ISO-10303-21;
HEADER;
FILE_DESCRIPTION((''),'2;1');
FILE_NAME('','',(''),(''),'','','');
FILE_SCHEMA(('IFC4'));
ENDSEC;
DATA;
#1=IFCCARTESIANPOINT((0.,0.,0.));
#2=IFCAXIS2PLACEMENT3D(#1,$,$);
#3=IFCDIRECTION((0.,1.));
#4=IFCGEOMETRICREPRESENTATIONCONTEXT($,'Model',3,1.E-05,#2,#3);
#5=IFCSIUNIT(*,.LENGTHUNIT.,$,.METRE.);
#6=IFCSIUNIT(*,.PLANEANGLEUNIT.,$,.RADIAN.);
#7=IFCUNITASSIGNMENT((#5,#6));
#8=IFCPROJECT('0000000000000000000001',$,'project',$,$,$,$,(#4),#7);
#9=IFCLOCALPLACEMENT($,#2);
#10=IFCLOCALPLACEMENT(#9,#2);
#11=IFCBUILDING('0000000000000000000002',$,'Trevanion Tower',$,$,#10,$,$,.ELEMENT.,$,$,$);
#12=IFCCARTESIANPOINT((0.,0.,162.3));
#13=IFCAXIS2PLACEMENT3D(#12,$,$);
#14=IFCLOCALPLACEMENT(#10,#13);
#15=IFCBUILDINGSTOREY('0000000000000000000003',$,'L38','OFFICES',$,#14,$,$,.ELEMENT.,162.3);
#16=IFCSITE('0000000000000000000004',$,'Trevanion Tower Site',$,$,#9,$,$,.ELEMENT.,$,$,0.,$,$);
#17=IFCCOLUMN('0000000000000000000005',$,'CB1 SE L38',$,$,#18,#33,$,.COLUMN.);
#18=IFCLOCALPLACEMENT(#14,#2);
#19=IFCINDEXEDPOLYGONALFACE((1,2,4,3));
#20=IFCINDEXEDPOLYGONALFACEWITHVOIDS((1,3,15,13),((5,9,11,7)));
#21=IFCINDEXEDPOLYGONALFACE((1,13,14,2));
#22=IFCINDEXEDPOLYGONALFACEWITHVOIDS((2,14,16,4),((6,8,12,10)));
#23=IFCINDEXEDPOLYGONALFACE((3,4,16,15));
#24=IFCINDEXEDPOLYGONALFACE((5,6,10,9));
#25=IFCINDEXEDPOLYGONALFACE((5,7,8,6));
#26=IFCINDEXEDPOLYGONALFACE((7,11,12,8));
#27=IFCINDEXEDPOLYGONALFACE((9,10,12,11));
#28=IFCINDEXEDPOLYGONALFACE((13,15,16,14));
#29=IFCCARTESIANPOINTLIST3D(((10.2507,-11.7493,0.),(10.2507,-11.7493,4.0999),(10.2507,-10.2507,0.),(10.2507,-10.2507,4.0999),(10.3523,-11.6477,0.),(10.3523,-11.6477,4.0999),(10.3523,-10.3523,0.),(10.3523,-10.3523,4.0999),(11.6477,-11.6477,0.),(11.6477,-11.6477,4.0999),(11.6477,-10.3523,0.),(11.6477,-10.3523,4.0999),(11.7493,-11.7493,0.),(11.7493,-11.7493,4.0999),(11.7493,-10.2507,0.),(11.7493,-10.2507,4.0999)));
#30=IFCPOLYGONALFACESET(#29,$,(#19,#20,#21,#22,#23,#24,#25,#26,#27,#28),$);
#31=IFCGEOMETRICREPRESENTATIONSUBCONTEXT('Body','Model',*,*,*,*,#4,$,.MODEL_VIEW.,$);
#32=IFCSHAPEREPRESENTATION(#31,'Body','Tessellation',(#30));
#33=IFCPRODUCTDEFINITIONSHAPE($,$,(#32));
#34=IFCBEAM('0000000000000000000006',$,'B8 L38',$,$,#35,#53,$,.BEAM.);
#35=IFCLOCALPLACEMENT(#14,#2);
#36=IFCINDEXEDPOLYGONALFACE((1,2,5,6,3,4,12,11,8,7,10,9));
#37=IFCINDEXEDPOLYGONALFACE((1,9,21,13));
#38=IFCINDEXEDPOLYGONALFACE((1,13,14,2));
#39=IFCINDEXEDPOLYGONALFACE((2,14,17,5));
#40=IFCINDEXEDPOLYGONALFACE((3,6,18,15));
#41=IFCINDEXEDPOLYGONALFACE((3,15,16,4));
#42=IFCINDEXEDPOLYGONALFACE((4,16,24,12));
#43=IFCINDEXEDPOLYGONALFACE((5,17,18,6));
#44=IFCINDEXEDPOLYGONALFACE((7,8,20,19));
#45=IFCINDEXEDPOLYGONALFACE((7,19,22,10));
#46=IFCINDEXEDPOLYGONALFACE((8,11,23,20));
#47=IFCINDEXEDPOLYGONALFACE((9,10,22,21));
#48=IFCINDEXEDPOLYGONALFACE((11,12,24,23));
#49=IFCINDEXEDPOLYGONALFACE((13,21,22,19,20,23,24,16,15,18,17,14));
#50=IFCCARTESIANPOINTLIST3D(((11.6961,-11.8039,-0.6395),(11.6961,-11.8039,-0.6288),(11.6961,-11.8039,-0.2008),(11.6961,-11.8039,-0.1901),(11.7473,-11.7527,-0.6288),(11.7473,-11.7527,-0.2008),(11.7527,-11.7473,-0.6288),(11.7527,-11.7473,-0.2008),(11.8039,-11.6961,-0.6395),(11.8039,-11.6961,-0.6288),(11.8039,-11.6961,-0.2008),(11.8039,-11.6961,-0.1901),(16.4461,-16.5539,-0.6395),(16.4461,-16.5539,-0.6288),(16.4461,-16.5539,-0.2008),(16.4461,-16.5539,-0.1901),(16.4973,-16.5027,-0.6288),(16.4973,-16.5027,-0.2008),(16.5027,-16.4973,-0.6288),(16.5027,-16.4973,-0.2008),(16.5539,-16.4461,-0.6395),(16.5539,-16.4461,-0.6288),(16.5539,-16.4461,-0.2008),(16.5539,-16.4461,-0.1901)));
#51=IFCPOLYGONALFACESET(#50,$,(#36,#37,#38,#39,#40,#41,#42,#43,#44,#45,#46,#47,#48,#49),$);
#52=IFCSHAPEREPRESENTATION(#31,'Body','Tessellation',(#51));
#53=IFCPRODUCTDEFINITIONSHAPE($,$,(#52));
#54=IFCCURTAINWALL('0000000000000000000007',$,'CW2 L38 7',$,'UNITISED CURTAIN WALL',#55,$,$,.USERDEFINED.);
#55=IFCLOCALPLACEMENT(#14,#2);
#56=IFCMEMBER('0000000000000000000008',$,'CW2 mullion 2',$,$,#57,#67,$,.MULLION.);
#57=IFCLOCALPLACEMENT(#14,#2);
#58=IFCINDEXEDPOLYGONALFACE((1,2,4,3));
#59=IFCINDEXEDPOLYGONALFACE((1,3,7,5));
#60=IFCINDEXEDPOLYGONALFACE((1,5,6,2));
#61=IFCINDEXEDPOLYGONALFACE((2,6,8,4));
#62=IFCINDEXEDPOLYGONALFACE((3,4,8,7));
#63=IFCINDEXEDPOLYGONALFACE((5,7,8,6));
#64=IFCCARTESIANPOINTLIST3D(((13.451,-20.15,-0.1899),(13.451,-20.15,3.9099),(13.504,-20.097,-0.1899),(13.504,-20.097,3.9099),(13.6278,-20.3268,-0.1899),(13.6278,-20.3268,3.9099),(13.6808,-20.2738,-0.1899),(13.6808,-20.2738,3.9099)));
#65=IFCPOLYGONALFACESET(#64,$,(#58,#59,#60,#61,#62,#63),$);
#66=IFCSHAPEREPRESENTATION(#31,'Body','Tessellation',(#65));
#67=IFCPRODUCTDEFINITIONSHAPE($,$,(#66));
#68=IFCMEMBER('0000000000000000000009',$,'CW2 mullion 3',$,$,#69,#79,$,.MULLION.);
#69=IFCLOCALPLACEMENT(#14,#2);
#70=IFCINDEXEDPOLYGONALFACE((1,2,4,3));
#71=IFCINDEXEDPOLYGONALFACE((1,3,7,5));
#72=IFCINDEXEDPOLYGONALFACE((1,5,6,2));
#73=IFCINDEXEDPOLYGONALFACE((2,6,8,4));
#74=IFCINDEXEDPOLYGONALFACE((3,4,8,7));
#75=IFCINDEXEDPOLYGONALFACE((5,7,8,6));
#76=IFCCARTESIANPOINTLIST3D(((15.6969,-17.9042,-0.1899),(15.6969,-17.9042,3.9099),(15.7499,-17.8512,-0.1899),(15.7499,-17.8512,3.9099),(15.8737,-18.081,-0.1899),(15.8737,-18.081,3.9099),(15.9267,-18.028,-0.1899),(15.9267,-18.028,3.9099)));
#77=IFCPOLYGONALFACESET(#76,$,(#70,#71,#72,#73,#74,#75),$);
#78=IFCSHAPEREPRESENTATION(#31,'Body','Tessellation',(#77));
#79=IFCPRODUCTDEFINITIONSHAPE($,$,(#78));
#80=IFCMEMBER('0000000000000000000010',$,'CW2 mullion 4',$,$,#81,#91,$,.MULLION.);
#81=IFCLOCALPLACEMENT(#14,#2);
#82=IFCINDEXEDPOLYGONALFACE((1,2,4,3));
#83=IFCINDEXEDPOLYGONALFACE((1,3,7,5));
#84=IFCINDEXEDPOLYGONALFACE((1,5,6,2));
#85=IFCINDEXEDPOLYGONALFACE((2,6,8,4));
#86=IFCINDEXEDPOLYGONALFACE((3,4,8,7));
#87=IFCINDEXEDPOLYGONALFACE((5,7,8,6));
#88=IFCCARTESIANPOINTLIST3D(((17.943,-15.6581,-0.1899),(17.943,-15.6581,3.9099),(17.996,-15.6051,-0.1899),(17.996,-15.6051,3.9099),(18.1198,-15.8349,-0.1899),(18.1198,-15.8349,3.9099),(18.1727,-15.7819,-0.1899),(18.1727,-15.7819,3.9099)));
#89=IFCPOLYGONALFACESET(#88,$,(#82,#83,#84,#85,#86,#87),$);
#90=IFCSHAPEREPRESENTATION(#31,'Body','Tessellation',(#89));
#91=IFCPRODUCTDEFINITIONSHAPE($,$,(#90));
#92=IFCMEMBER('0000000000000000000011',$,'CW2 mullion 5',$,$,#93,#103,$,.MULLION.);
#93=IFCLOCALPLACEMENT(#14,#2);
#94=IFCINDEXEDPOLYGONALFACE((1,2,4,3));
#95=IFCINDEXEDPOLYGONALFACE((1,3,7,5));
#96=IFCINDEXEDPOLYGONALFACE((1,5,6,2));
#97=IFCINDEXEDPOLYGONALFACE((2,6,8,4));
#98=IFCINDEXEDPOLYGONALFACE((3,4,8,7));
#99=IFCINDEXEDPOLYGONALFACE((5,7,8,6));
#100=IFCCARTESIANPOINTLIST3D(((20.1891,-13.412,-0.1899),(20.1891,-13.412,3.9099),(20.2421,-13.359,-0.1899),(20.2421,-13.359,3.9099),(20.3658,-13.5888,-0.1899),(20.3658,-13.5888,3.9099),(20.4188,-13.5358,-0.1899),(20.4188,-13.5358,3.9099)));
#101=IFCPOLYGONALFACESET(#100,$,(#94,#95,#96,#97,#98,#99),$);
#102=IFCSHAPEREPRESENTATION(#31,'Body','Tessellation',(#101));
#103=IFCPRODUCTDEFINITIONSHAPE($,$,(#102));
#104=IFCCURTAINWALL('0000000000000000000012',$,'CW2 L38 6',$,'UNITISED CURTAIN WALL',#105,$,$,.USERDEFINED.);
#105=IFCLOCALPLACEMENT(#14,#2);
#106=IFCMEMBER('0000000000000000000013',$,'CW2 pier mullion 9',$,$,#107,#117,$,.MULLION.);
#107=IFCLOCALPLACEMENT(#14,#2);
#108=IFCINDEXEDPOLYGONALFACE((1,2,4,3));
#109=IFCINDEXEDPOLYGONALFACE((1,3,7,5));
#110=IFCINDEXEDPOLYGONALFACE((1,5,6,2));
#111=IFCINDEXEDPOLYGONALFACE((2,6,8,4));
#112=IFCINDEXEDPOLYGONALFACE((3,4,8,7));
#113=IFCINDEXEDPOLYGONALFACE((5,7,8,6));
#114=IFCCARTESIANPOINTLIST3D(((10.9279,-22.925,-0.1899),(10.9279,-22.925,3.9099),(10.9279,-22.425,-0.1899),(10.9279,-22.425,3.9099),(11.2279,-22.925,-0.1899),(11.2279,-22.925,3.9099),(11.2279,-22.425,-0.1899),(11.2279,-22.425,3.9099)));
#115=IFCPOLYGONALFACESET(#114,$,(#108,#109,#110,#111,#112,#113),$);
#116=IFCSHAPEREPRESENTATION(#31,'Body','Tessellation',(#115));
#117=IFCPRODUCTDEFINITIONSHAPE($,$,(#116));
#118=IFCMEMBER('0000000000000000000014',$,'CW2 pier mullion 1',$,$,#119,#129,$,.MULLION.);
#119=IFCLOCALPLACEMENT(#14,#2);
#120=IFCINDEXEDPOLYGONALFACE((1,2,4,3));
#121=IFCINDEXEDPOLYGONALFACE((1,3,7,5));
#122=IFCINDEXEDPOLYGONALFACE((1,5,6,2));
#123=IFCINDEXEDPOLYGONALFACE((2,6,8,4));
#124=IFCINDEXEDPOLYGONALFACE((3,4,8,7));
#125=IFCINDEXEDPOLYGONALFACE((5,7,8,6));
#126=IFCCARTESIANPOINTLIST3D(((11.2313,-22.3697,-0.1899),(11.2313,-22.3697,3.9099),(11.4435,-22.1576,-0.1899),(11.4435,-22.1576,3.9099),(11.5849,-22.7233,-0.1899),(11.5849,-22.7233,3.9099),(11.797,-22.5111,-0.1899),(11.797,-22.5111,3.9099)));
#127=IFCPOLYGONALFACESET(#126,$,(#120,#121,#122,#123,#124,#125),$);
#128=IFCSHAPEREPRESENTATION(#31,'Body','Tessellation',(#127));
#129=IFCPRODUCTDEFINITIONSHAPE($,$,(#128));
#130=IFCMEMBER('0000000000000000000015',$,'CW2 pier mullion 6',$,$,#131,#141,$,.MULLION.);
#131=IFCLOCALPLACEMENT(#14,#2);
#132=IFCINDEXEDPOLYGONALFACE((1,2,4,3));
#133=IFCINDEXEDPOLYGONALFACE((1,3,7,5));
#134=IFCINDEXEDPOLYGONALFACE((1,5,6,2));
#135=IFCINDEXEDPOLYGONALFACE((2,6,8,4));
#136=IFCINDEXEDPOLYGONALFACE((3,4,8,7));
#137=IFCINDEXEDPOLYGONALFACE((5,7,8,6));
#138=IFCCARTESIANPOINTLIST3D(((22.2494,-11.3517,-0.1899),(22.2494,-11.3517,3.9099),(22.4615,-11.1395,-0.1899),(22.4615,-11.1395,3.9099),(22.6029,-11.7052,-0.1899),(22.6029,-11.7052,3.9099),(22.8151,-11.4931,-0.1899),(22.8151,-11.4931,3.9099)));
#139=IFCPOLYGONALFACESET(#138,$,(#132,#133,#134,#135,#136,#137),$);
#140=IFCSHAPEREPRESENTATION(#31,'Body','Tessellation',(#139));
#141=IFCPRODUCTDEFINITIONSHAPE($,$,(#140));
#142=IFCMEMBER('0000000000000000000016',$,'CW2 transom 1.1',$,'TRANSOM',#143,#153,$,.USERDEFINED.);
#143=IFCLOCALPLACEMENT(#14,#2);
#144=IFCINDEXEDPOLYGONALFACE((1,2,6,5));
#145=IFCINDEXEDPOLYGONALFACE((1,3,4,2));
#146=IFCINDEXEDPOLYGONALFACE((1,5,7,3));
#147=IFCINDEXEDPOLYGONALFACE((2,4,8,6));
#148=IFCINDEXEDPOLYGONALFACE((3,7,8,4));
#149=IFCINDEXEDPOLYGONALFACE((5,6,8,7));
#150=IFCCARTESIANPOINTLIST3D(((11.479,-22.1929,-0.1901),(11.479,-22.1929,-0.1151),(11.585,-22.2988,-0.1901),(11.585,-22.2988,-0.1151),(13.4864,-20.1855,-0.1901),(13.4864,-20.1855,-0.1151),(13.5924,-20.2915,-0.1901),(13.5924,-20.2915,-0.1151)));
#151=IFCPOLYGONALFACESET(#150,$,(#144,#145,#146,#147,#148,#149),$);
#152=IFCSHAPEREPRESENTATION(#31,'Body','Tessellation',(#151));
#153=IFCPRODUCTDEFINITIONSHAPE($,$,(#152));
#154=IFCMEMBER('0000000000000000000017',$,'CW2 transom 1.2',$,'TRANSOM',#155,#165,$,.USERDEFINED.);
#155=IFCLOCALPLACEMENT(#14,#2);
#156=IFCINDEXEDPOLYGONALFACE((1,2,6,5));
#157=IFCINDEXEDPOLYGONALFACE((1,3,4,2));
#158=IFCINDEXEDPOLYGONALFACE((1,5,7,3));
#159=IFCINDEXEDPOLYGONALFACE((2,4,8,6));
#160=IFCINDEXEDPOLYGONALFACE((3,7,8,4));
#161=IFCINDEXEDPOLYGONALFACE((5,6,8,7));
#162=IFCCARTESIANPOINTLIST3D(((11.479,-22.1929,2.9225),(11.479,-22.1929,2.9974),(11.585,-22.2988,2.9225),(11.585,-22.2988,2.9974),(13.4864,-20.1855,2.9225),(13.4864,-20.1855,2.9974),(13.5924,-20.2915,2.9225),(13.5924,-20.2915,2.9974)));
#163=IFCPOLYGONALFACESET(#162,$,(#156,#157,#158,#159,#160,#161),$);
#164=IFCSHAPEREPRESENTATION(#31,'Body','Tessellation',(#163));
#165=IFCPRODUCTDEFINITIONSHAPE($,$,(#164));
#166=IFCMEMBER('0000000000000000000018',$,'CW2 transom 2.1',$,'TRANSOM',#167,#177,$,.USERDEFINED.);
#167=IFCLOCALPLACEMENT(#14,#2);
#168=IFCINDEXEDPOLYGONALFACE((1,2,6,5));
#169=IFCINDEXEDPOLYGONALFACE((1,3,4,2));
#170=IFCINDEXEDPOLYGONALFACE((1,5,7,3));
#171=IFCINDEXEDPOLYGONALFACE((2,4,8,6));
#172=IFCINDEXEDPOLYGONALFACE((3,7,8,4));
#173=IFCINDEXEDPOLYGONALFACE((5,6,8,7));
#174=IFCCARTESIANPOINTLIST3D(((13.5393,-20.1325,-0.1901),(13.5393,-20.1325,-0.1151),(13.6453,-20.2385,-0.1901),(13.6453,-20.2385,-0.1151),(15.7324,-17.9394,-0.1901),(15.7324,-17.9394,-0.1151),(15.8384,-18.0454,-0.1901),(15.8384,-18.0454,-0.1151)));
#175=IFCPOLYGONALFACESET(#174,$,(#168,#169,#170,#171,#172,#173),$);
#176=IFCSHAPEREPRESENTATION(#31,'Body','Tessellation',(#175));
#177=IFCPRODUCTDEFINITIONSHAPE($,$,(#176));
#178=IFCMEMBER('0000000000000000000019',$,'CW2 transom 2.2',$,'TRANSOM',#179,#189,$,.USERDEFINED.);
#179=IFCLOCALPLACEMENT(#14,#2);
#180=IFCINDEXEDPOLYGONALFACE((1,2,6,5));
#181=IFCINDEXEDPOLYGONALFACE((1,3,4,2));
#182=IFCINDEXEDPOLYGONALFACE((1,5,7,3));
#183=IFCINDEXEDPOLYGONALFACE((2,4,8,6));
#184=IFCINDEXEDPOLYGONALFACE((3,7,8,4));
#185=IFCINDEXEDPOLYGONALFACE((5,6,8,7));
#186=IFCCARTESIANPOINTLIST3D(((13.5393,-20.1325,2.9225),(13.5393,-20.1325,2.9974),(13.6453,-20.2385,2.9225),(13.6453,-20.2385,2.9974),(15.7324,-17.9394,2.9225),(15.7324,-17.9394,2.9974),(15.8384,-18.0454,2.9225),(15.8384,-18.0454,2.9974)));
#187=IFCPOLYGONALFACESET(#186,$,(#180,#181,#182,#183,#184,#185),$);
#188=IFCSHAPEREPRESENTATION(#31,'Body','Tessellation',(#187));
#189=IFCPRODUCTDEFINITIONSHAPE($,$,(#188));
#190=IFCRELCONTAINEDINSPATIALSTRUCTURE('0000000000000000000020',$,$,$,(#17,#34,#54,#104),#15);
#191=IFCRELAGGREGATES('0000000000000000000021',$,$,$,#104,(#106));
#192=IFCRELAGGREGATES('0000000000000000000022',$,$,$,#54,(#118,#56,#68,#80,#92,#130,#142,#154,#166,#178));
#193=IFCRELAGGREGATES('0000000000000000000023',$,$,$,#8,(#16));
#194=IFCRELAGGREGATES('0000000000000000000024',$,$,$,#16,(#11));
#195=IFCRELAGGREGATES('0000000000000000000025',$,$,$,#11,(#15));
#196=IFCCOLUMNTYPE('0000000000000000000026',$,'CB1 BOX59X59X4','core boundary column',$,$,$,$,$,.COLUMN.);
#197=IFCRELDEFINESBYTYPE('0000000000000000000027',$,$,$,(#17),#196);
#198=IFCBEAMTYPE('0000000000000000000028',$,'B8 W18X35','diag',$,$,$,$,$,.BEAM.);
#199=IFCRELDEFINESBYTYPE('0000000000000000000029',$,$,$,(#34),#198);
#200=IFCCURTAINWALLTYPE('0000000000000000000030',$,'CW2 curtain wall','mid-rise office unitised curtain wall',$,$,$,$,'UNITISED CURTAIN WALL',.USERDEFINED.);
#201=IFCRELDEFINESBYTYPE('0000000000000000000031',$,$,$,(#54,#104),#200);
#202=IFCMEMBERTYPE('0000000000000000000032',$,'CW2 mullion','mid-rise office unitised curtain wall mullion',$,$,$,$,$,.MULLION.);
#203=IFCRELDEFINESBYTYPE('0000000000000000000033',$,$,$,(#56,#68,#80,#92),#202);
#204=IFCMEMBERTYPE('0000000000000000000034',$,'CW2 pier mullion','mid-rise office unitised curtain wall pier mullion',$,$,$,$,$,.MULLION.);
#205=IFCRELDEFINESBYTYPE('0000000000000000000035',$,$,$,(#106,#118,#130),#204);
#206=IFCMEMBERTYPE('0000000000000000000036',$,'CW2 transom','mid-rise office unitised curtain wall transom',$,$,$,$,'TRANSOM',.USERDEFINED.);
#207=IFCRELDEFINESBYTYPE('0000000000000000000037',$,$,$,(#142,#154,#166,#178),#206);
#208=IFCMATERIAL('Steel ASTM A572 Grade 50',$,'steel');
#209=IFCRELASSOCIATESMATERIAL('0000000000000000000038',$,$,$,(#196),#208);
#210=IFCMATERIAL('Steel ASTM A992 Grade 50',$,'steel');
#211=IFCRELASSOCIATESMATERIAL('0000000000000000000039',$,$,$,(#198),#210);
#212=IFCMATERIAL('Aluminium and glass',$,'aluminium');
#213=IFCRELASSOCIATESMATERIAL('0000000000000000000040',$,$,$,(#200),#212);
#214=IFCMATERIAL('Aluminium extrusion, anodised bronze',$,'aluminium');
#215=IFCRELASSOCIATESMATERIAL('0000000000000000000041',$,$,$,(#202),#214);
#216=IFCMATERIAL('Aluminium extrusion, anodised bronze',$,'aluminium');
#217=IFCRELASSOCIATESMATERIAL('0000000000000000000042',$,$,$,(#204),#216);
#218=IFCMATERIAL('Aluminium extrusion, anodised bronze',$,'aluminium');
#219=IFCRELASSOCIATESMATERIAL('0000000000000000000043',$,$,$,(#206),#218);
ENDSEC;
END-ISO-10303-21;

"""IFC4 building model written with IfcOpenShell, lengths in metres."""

from ifc_helpers import new_model, si_unit, direction, frame, origin, origin_2d, place, context, subcontext, project, spatial, rectangle, hollow_rectangle, i_section, extrude, material, material_profile, profile_set, type_object, element, aggregate, save


model = new_model("IFC4")

# Units and contexts
model_context = context("Model", 3, precision=1e-05, world=origin(), true_north=direction((0.0, 1.0)))
body_context = subcontext(model_context, "Body", "Model", "MODEL_VIEW")
ifc_project = project(units=[si_unit("LENGTHUNIT", "METRE"), si_unit("PLANEANGLEUNIT", "RADIAN")], contexts=[model_context])

# Site, building, storey
site_placement = place(None, origin())
site = spatial("IfcSite", under=ifc_project, at=site_placement, Name="Trevanion Tower Site", CompositionType="ELEMENT", RefElevation=0.0)
building_placement = place(site_placement, origin())
building = spatial("IfcBuilding", under=site, at=building_placement, Name="Trevanion Tower", CompositionType="ELEMENT")
storey_placement = place(building_placement, frame((0.0, 0.0, 162.3)))
storey = spatial("IfcBuildingStorey", under=building, at=storey_placement, Name="L38", Description="OFFICES", CompositionType="ELEMENT", Elevation=162.3)

# Column
ifc_material_1 = material(Name="Steel ASTM A572 Grade 50", Category="steel")
ifc_material_profile_1 = material_profile(ifc_material_1, hollow_rectangle(XDim=1.4985, YDim=1.4985, WallThickness=0.1016, at=origin_2d()), Name="BOX59X59X4")
ifc_profile_set_1 = profile_set([ifc_material_profile_1], Name="Steel ASTM A572 Grade 50")
column_type = type_object("IfcColumnType", Name="CB1 BOX59X59X4", Description="core boundary column", PredefinedType="COLUMN", material=ifc_profile_set_1)
column_placement = place(storey_placement, frame((11.0, -11.0, 0.0), z_axis=(0.0, 0.0, 1.0), x_axis=(1.0, 0.0, 0.0)))
element("IfcColumn", 1, at=column_placement, inside=storey, type_object=column_type, Name="CB1 SE L38", PredefinedType="COLUMN", context=body_context, shape_type="SweptSolid", body=[
    extrude(hollow_rectangle(XDim=1.4985, YDim=1.4985, WallThickness=0.1016, at=origin_2d()), origin(), (0.0, 0.0, 1.0), 4.0999),
])

# Beam
ifc_material_2 = material(Name="Steel ASTM A992 Grade 50", Category="steel")
ifc_material_profile_2 = material_profile(ifc_material_2, i_section(OverallWidth=0.1523, OverallDepth=0.4495, WebThickness=0.0076, FlangeThickness=0.0107, at=origin_2d()), Name="W18X35")
ifc_profile_set_2 = profile_set([ifc_material_profile_2], Name="Steel ASTM A992 Grade 50")
beam_type = type_object("IfcBeamType", Name="B8 W18X35", Description="diag", PredefinedType="BEAM", material=ifc_profile_set_2)
beam_placement = place(storey_placement, frame((11.75, -11.75, -0.4148), z_axis=(0.707107, -0.707107, 0.0), x_axis=(0.707107, 0.707107, 0.0)))
element("IfcBeam", 2, at=beam_placement, inside=storey, type_object=beam_type, Name="B8 L38", PredefinedType="BEAM", context=body_context, shape_type="SweptSolid", body=[
    extrude(i_section(OverallWidth=0.1523, OverallDepth=0.4495, WebThickness=0.0076, FlangeThickness=0.0107, at=origin_2d()), origin(), (0.0, 0.0, 1.0), 6.7175),
])

# Curtain wall, members
ifc_material_3 = material(Name="Aluminium and glass", Category="aluminium")
curtain_wall_type = type_object("IfcCurtainWallType", Name="CW2 curtain wall", Description="mid-rise office unitised curtain wall", ElementType="UNITISED CURTAIN WALL", PredefinedType="USERDEFINED", material=ifc_material_3)
curtain_wall_1_placement = place(storey_placement, origin())
curtain_wall_1 = element("IfcCurtainWall", 3, at=curtain_wall_1_placement, inside=storey, type_object=curtain_wall_type, Name="CW2 L38 7", ObjectType="UNITISED CURTAIN WALL", PredefinedType="USERDEFINED")
ifc_material_4 = material(Name="Aluminium extrusion, anodised bronze", Category="aluminium")
ifc_material_profile_3 = material_profile(ifc_material_4, rectangle(XDim=0.075, YDim=0.25, at=origin_2d()), Name="CW2 mullion")
ifc_profile_set_3 = profile_set([ifc_material_profile_3], Name="Aluminium extrusion, anodised bronze")
member_type_1 = type_object("IfcMemberType", Name="CW2 mullion", Description="mid-rise office unitised curtain wall mullion", PredefinedType="MULLION", material=ifc_profile_set_3)
member_1_placement = place(storey_placement, frame((13.5659, -20.2119, -0.1899), z_axis=(0.0, 0.0, 1.0), x_axis=(0.707107, 0.707107, 0.0)))
member_1 = element("IfcMember", 4, at=member_1_placement, type_object=member_type_1, Name="CW2 mullion 2", PredefinedType="MULLION", context=body_context, shape_type="SweptSolid", body=[
    extrude(rectangle(XDim=0.075, YDim=0.25, at=origin_2d()), origin(), (0.0, 0.0, 1.0), 4.0999),
])
member_2_placement = place(storey_placement, frame((15.8118, -17.9661, -0.1899), z_axis=(0.0, 0.0, 1.0), x_axis=(0.707107, 0.707107, 0.0)))
member_2 = element("IfcMember", 5, at=member_2_placement, type_object=member_type_1, Name="CW2 mullion 3", PredefinedType="MULLION", context=body_context, shape_type="SweptSolid", body=[
    extrude(rectangle(XDim=0.075, YDim=0.25, at=origin_2d()), origin(), (0.0, 0.0, 1.0), 4.0999),
])
member_3_placement = place(storey_placement, frame((18.0579, -15.72, -0.1899), z_axis=(0.0, 0.0, 1.0), x_axis=(0.707107, 0.707107, 0.0)))
member_3 = element("IfcMember", 6, at=member_3_placement, type_object=member_type_1, Name="CW2 mullion 4", PredefinedType="MULLION", context=body_context, shape_type="SweptSolid", body=[
    extrude(rectangle(XDim=0.075, YDim=0.25, at=origin_2d()), origin(), (0.0, 0.0, 1.0), 4.0999),
])
member_4_placement = place(storey_placement, frame((20.304, -13.4739, -0.1899), z_axis=(0.0, 0.0, 1.0), x_axis=(0.707107, 0.707107, 0.0)))
member_4 = element("IfcMember", 7, at=member_4_placement, type_object=member_type_1, Name="CW2 mullion 5", PredefinedType="MULLION", context=body_context, shape_type="SweptSolid", body=[
    extrude(rectangle(XDim=0.075, YDim=0.25, at=origin_2d()), origin(), (0.0, 0.0, 1.0), 4.0999),
])

# Curtain wall, member
curtain_wall_2_placement = place(storey_placement, origin())
curtain_wall_2 = element("IfcCurtainWall", 8, at=curtain_wall_2_placement, inside=storey, type_object=curtain_wall_type, Name="CW2 L38 6", ObjectType="UNITISED CURTAIN WALL", PredefinedType="USERDEFINED")
ifc_material_5 = material(Name="Aluminium extrusion, anodised bronze", Category="aluminium")
ifc_material_profile_4 = material_profile(ifc_material_5, rectangle(XDim=0.3, YDim=0.5, at=origin_2d()), Name="CW2 pier mullion")
ifc_profile_set_4 = profile_set([ifc_material_profile_4], Name="Aluminium extrusion, anodised bronze")
member_type_2 = type_object("IfcMemberType", Name="CW2 pier mullion", Description="mid-rise office unitised curtain wall pier mullion", PredefinedType="MULLION", material=ifc_profile_set_4)
member_5_placement = place(storey_placement, frame((11.0779, -22.675, -0.1899), z_axis=(0.0, 0.0, 1.0), x_axis=(1.0, 0.0, 0.0)))
member_5 = element("IfcMember", 9, at=member_5_placement, type_object=member_type_2, Name="CW2 pier mullion 9", PredefinedType="MULLION", context=body_context, shape_type="SweptSolid", body=[
    extrude(rectangle(XDim=0.3, YDim=0.5, at=origin_2d()), origin(), (0.0, 0.0, 1.0), 4.0999),
])
aggregate(curtain_wall_2, [member_5])

# Members
member_6_placement = place(storey_placement, frame((11.5142, -22.4404, -0.1899), z_axis=(0.0, 0.0, 1.0), x_axis=(0.707107, 0.707107, 0.0)))
member_6 = element("IfcMember", 10, at=member_6_placement, type_object=member_type_2, Name="CW2 pier mullion 1", PredefinedType="MULLION", context=body_context, shape_type="SweptSolid", body=[
    extrude(rectangle(XDim=0.3, YDim=0.5, at=origin_2d()), origin(), (0.0, 0.0, 1.0), 4.0999),
])
member_7_placement = place(storey_placement, frame((22.5322, -11.4224, -0.1899), z_axis=(0.0, 0.0, 1.0), x_axis=(0.707107, 0.707107, 0.0)))
member_7 = element("IfcMember", 11, at=member_7_placement, type_object=member_type_2, Name="CW2 pier mullion 6", PredefinedType="MULLION", context=body_context, shape_type="SweptSolid", body=[
    extrude(rectangle(XDim=0.3, YDim=0.5, at=origin_2d()), origin(), (0.0, 0.0, 1.0), 4.0999),
])
ifc_material_6 = material(Name="Aluminium extrusion, anodised bronze", Category="aluminium")
ifc_material_profile_5 = material_profile(ifc_material_6, rectangle(XDim=0.1499, YDim=0.075, at=origin_2d()), Name="CW2 transom")
ifc_profile_set_5 = profile_set([ifc_material_profile_5], Name="Aluminium extrusion, anodised bronze")
member_type_3 = type_object("IfcMemberType", Name="CW2 transom", Description="mid-rise office unitised curtain wall transom", ElementType="TRANSOM", PredefinedType="USERDEFINED", material=ifc_profile_set_5)
member_8_placement = place(storey_placement, frame((11.532, -22.2458, -0.1526), z_axis=(0.707107, 0.707107, 0.0), x_axis=(-0.707107, 0.707107, 0.0)))
member_8 = element("IfcMember", 12, at=member_8_placement, type_object=member_type_3, Name="CW2 transom 1.1", ObjectType="TRANSOM", PredefinedType="USERDEFINED", context=body_context, shape_type="SweptSolid", body=[
    extrude(rectangle(XDim=0.1499, YDim=0.075, at=origin_2d()), origin(), (0.0, 0.0, 1.0), 2.8389),
])
member_9_placement = place(storey_placement, frame((11.532, -22.2458, 2.96), z_axis=(0.707107, 0.707107, 0.0), x_axis=(-0.707107, 0.707107, 0.0)))
member_9 = element("IfcMember", 13, at=member_9_placement, type_object=member_type_3, Name="CW2 transom 1.2", ObjectType="TRANSOM", PredefinedType="USERDEFINED", context=body_context, shape_type="SweptSolid", body=[
    extrude(rectangle(XDim=0.1499, YDim=0.075, at=origin_2d()), origin(), (0.0, 0.0, 1.0), 2.8389),
])
member_10_placement = place(storey_placement, frame((13.5923, -20.1855, -0.1526), z_axis=(0.707107, 0.707107, 0.0), x_axis=(-0.707107, 0.707107, 0.0)))
member_10 = element("IfcMember", 14, at=member_10_placement, type_object=member_type_3, Name="CW2 transom 2.1", ObjectType="TRANSOM", PredefinedType="USERDEFINED", context=body_context, shape_type="SweptSolid", body=[
    extrude(rectangle(XDim=0.1499, YDim=0.075, at=origin_2d()), origin(), (0.0, 0.0, 1.0), 3.1016),
])
member_11_placement = place(storey_placement, frame((13.5923, -20.1855, 2.96), z_axis=(0.707107, 0.707107, 0.0), x_axis=(-0.707107, 0.707107, 0.0)))
member_11 = element("IfcMember", 15, at=member_11_placement, type_object=member_type_3, Name="CW2 transom 2.2", ObjectType="TRANSOM", PredefinedType="USERDEFINED", context=body_context, shape_type="SweptSolid", body=[
    extrude(rectangle(XDim=0.1499, YDim=0.075, at=origin_2d()), origin(), (0.0, 0.0, 1.0), 3.1016),
])

aggregate(curtain_wall_1, [member_6, member_1, member_2, member_3, member_4, member_7, member_8, member_9, member_10, member_11])

save(model, "model.ifc")
